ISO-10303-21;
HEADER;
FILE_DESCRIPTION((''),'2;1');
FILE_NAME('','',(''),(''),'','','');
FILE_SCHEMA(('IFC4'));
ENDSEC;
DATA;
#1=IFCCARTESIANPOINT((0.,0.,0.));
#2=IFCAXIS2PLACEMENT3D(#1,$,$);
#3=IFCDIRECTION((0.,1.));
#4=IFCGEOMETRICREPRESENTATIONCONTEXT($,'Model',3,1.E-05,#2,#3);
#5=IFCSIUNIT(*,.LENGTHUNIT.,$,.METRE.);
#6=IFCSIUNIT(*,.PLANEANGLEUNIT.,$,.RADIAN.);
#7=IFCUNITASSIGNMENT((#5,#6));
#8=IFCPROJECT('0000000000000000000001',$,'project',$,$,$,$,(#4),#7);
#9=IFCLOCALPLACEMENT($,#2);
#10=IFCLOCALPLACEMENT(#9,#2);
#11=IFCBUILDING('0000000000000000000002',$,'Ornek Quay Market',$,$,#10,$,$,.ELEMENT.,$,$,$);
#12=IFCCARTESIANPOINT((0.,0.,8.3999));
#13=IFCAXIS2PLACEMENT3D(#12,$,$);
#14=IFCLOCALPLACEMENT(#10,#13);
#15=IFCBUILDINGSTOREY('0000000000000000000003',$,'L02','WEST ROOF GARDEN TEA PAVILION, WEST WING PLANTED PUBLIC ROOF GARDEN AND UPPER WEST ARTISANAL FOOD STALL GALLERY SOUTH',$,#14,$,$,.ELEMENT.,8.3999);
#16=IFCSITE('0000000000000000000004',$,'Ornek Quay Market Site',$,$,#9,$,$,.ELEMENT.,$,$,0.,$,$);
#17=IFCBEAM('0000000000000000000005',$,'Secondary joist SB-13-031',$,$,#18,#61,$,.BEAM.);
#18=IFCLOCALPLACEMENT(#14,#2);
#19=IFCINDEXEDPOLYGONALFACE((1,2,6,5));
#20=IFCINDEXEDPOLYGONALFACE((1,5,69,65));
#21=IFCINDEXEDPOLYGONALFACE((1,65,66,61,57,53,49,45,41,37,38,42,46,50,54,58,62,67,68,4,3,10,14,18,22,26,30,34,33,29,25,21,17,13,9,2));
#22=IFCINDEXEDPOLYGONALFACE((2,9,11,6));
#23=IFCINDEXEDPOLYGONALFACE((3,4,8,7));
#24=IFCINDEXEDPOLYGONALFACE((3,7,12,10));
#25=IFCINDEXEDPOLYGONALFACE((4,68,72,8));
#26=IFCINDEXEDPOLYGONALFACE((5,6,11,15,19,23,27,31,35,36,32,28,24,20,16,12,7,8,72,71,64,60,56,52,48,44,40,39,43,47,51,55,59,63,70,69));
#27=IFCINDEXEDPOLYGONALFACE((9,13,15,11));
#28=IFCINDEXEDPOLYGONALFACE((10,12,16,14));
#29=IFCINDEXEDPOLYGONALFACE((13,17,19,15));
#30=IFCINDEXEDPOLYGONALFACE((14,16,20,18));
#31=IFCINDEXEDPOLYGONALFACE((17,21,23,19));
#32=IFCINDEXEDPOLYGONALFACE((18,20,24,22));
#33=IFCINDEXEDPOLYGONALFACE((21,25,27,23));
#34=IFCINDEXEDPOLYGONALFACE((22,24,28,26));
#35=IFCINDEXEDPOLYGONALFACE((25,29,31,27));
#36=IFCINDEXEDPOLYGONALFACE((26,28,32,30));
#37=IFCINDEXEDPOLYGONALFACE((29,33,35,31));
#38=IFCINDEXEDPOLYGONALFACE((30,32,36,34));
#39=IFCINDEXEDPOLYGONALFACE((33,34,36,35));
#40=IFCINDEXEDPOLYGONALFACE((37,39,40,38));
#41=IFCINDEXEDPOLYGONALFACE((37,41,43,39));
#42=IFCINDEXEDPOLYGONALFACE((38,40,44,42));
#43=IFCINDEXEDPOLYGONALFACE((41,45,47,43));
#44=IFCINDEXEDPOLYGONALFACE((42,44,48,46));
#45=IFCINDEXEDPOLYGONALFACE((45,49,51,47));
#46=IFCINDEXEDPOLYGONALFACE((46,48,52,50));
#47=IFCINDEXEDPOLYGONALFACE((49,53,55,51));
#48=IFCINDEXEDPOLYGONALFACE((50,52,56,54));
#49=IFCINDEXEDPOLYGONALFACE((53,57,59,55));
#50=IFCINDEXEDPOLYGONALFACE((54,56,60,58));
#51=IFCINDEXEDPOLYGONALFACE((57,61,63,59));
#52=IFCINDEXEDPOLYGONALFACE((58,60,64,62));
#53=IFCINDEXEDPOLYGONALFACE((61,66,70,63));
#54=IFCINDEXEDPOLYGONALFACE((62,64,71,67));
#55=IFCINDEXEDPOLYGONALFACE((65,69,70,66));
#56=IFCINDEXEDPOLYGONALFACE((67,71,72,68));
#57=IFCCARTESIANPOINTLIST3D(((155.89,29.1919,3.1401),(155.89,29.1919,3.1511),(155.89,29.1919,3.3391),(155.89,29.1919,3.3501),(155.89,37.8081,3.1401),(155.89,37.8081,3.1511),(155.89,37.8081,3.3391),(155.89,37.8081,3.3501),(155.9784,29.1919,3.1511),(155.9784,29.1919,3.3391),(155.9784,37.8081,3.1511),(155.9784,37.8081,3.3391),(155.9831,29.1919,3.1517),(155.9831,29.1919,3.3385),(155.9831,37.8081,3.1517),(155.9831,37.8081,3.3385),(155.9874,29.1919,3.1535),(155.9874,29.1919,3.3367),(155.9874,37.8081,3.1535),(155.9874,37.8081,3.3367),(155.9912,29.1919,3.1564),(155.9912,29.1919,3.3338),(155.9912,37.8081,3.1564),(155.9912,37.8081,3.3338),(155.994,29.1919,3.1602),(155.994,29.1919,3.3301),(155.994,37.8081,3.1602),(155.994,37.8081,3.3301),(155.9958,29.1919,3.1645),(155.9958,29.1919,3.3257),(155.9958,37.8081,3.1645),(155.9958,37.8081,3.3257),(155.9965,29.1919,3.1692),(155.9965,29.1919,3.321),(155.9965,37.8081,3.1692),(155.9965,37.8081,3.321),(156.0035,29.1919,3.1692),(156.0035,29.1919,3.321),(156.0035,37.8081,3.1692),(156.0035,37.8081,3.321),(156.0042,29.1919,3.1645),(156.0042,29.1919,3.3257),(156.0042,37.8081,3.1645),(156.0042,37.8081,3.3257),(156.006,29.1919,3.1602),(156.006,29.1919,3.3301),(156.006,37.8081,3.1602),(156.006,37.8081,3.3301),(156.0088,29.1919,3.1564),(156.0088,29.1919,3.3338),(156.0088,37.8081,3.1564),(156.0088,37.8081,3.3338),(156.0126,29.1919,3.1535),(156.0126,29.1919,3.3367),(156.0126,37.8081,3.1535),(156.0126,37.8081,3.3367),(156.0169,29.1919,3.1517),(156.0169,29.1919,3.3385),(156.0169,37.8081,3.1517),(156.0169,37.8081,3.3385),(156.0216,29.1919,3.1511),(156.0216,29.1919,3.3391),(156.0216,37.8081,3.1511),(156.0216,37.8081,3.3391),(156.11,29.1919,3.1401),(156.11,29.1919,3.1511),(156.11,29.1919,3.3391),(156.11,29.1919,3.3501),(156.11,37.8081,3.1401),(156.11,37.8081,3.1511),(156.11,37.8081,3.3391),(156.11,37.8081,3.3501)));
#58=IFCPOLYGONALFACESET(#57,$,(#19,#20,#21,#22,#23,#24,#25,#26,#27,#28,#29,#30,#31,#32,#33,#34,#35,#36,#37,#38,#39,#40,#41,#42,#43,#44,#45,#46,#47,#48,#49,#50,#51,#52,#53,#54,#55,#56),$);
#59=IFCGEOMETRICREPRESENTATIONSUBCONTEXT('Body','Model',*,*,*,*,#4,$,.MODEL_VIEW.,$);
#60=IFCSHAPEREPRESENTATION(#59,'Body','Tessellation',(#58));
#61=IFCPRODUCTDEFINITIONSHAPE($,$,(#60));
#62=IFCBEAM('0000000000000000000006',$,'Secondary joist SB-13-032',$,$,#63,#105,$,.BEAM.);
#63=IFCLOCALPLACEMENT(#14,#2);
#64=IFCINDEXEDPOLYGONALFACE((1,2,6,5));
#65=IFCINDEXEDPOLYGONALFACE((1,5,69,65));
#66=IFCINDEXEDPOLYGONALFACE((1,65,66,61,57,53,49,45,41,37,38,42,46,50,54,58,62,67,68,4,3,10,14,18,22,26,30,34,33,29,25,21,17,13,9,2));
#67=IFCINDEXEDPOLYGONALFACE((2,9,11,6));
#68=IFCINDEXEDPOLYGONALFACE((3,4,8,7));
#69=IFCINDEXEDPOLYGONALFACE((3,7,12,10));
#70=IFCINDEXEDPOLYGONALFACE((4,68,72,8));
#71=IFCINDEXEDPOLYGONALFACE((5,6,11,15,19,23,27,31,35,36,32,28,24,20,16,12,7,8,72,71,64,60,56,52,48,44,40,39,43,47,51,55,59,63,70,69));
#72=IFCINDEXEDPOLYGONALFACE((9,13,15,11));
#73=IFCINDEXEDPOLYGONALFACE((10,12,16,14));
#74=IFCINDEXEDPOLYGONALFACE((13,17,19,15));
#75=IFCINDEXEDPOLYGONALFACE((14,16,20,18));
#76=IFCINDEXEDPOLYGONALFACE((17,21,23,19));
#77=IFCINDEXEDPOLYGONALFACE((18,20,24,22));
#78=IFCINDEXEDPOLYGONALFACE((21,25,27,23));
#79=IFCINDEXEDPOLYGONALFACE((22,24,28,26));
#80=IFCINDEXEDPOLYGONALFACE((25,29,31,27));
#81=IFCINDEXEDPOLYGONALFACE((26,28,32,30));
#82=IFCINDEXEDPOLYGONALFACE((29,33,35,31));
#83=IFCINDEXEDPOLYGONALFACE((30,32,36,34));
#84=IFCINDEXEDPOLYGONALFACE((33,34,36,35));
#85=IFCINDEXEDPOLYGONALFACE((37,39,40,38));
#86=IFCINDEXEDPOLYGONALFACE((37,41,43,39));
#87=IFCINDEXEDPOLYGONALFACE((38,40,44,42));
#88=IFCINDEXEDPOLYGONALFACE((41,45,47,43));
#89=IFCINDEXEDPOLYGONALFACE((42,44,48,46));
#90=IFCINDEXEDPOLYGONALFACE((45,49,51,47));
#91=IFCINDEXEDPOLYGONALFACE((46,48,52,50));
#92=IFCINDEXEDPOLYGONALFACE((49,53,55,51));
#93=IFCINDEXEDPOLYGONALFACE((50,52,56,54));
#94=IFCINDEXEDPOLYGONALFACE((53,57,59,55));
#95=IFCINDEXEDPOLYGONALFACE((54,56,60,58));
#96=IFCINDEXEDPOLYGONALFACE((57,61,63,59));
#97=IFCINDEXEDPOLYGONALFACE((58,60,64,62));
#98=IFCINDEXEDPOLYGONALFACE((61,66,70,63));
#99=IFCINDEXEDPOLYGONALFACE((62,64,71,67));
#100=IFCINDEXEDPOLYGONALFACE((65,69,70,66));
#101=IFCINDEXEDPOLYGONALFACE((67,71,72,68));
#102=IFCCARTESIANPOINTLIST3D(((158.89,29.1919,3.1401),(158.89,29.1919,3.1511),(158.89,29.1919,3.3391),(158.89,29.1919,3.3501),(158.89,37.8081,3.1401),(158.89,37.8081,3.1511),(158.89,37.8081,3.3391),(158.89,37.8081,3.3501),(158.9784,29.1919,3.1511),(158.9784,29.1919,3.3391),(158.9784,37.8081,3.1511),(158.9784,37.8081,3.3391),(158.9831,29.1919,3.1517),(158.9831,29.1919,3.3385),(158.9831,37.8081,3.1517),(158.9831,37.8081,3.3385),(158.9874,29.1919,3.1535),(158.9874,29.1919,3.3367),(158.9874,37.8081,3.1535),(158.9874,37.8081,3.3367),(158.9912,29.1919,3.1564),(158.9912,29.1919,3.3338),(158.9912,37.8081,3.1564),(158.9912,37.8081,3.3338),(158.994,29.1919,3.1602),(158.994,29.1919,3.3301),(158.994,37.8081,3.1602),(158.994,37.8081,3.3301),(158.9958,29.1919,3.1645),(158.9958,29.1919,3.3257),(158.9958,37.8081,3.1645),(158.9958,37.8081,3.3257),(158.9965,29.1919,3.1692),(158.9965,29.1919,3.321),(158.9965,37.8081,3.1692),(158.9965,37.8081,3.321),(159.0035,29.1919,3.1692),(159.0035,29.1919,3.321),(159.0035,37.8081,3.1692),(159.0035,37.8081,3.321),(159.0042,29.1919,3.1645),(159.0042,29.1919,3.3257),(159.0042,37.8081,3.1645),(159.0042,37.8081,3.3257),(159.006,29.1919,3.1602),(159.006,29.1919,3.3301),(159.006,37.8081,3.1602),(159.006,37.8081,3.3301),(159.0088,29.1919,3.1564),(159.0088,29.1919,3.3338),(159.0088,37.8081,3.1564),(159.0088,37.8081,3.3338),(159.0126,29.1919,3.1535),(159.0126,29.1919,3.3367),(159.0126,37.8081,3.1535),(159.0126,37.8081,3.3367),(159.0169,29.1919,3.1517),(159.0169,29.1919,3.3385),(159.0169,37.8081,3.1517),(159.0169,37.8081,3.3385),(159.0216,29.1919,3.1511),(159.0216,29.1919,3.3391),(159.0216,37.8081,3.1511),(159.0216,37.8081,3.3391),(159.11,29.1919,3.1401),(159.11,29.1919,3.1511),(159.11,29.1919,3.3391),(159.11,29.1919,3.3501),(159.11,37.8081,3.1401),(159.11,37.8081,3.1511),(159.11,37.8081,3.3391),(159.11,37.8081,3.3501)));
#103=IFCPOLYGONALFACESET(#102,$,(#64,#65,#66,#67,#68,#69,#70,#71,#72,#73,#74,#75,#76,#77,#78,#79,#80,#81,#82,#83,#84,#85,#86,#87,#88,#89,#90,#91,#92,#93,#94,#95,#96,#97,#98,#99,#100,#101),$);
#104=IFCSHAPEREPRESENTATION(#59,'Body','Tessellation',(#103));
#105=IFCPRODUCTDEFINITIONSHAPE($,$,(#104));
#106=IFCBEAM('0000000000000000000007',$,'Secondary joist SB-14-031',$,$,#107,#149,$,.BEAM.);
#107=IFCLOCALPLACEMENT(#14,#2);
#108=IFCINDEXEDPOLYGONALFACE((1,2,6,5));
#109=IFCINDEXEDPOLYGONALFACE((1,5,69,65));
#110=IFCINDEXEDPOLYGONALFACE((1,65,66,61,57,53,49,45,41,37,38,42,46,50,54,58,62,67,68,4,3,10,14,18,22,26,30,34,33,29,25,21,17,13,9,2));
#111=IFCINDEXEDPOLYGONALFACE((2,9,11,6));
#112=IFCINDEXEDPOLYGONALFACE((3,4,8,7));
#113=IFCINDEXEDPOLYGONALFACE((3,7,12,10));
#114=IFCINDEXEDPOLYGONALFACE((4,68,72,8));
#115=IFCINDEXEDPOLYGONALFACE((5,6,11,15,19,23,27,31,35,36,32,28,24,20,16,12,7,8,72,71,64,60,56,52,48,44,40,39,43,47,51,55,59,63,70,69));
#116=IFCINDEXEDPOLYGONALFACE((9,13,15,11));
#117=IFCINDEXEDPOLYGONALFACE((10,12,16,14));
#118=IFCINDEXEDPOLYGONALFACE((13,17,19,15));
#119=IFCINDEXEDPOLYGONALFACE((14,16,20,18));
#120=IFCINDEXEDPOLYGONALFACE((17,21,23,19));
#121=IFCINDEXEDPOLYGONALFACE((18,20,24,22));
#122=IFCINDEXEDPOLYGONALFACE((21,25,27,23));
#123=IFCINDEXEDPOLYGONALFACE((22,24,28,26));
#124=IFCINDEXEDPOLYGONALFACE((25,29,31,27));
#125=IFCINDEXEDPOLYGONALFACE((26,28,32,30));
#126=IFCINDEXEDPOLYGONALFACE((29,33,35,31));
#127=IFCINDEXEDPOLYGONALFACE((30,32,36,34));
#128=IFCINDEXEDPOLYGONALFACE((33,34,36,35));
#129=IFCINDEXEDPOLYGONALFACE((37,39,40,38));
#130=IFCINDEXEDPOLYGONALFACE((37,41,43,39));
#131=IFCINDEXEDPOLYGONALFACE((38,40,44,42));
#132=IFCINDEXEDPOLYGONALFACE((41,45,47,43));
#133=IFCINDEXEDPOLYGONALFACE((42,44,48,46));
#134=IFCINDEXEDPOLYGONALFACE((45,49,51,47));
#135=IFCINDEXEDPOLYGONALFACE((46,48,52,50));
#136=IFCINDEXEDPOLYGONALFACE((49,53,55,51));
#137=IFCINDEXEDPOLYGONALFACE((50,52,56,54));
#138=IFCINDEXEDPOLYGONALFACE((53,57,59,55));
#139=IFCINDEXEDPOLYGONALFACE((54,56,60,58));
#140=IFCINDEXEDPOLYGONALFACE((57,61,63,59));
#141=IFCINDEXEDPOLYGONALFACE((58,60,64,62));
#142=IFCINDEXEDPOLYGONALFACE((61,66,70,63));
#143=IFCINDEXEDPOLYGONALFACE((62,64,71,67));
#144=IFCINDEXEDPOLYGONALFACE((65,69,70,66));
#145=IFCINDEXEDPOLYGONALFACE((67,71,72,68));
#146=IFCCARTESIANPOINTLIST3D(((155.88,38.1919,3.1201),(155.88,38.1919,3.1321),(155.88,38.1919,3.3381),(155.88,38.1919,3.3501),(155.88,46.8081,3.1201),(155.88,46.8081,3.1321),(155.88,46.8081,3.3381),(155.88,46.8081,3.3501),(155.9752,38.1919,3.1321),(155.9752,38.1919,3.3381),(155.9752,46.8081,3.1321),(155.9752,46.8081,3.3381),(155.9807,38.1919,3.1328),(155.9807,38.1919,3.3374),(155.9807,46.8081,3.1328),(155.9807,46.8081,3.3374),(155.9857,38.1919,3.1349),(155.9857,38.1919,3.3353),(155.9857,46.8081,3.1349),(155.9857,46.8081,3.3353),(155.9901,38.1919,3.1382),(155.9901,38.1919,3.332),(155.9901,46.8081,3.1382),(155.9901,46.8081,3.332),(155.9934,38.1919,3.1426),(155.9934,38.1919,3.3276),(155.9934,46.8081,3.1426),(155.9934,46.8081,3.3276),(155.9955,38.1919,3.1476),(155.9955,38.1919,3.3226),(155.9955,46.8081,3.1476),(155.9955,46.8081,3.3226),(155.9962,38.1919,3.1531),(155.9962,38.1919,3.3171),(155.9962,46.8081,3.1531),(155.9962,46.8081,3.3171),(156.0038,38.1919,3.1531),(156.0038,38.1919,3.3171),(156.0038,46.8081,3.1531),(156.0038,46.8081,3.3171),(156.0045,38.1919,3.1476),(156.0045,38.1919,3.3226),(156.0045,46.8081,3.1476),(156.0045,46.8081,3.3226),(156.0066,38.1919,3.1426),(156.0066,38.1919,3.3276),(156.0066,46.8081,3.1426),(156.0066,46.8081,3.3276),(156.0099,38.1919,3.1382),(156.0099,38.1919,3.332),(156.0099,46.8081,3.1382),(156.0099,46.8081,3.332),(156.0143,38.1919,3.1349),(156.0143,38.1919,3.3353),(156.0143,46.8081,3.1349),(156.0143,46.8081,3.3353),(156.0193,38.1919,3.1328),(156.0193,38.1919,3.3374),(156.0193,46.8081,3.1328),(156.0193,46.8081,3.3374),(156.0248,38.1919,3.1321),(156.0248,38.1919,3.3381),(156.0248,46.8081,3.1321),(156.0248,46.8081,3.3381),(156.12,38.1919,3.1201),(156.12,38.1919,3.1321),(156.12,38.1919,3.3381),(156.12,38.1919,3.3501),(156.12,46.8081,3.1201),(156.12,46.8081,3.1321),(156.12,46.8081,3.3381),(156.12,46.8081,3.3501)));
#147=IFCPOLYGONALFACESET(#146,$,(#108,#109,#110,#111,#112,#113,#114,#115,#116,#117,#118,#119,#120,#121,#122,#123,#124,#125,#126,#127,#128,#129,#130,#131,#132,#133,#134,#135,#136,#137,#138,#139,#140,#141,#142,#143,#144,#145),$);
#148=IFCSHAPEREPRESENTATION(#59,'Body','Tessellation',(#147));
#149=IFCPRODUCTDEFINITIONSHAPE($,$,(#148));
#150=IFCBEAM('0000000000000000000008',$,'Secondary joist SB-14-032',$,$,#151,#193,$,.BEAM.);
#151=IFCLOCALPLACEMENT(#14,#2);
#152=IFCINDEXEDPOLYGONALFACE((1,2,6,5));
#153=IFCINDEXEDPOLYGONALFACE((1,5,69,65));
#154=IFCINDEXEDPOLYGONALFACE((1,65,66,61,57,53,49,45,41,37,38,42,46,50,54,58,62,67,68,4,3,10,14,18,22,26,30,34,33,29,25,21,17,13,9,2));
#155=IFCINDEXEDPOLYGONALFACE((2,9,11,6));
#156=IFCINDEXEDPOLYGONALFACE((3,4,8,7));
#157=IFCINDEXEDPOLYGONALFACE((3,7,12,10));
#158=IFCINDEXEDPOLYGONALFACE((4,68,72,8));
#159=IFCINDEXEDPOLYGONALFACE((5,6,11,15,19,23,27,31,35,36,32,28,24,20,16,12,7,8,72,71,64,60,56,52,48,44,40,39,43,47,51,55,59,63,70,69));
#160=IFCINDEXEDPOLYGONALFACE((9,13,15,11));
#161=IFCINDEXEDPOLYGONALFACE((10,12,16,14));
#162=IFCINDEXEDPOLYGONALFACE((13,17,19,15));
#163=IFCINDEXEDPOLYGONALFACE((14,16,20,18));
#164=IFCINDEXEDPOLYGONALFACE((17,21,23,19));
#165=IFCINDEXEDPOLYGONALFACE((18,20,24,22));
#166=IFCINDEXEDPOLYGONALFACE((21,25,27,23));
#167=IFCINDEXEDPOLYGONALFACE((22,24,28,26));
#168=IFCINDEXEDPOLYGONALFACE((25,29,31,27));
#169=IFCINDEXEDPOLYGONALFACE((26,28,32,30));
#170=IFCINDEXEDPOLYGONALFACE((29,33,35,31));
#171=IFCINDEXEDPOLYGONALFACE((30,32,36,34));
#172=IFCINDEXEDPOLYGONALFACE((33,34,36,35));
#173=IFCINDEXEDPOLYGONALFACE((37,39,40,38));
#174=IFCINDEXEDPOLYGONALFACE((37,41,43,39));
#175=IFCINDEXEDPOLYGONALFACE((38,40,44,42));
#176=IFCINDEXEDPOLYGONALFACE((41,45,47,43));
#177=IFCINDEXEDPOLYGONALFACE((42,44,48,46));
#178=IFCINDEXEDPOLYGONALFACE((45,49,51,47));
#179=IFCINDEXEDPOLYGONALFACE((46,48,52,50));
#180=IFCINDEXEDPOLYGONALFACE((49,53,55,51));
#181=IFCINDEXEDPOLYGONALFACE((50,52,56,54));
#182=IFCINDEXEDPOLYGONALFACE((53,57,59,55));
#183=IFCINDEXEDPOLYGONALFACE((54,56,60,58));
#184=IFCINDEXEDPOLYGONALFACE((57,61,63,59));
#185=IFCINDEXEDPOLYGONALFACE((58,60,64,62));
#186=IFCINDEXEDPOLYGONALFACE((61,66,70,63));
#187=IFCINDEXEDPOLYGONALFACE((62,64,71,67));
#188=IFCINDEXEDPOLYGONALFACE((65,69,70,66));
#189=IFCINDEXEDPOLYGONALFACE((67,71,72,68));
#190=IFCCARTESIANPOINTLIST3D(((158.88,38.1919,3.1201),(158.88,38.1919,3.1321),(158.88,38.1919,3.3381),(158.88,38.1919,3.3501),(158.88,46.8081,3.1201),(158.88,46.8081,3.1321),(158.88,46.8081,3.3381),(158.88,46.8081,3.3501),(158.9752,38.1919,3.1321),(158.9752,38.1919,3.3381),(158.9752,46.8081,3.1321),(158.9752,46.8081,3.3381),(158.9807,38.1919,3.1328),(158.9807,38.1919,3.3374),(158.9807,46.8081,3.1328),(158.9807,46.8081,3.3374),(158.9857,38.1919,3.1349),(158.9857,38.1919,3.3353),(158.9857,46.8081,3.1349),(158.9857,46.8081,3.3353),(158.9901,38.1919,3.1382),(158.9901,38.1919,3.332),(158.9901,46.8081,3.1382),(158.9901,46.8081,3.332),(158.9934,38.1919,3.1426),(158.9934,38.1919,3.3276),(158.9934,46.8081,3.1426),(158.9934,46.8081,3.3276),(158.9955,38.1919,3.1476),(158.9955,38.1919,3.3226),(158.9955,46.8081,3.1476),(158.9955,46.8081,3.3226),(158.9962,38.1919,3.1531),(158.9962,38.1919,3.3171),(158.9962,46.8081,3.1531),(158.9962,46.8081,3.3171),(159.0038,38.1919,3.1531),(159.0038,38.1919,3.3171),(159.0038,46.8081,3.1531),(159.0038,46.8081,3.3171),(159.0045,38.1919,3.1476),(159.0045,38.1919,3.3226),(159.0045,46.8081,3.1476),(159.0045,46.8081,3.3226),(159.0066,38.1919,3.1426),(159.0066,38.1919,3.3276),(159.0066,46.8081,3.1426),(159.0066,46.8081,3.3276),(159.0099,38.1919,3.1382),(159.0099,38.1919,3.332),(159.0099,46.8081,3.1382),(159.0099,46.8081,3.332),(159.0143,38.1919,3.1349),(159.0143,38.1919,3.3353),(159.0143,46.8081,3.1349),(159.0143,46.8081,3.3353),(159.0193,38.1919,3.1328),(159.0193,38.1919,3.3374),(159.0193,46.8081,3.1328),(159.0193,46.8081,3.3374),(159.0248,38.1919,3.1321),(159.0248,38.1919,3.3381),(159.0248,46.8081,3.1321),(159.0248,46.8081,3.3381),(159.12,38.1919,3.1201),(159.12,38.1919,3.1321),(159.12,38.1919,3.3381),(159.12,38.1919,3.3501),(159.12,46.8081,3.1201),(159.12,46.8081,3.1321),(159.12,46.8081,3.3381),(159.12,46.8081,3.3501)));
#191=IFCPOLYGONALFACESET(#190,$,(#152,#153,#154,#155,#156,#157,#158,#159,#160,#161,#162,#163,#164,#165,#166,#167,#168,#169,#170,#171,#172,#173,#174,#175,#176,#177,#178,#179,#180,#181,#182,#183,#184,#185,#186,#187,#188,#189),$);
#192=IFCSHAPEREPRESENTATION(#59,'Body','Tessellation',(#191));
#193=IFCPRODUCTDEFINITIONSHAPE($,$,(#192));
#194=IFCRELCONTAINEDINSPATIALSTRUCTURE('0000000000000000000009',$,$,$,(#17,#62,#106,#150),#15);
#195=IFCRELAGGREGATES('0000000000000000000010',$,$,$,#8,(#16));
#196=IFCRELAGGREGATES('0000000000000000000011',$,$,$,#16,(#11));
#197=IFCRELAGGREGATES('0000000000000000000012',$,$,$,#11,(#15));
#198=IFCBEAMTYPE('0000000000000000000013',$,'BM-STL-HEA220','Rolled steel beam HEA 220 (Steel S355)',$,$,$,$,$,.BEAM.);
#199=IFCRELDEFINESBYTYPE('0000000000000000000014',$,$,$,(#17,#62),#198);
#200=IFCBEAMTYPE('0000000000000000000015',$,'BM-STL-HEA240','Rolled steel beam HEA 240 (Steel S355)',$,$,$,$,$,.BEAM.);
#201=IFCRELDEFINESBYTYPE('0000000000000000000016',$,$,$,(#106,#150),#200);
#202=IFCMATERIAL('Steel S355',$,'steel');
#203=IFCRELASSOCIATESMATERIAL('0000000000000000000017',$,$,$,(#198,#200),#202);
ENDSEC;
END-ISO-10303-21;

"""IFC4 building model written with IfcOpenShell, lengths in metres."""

from ifc_helpers import new_model, si_unit, direction, frame, origin, origin_2d, place, context, subcontext, project, spatial, i_section, extrude, material, material_profile, profile_set, type_object, element, save


model = new_model("IFC4")

# Units and contexts
model_context = context("Model", 3, precision=1e-05, world=origin(), true_north=direction((0.0, 1.0)))
body_context = subcontext(model_context, "Body", "Model", "MODEL_VIEW")
ifc_project = project(units=[si_unit("LENGTHUNIT", "METRE"), si_unit("PLANEANGLEUNIT", "RADIAN")], contexts=[model_context])

# Site, building, storey
site_placement = place(None, origin())
site = spatial("IfcSite", under=ifc_project, at=site_placement, Name="Ornek Quay Market Site", CompositionType="ELEMENT", RefElevation=0.0)
building_placement = place(site_placement, origin())
building = spatial("IfcBuilding", under=site, at=building_placement, Name="Ornek Quay Market", CompositionType="ELEMENT")
storey_placement = place(building_placement, frame((0.0, 0.0, 8.3999)))
storey = spatial("IfcBuildingStorey", under=building, at=storey_placement, Name="L02", Description="WEST ROOF GARDEN TEA PAVILION, WEST WING PLANTED PUBLIC ROOF GARDEN AND UPPER WEST ARTISANAL FOOD STALL GALLERY SOUTH", CompositionType="ELEMENT", Elevation=8.3999)

# Beams
ifc_material_1 = material(Name="Steel S355", Category="steel")
ifc_material_profile_1 = material_profile(ifc_material_1, i_section(OverallWidth=0.22, OverallDepth=0.21, WebThickness=0.0071, FlangeThickness=0.011, FilletRadius=0.0181, at=origin_2d()), Name="HEA 220", Category="steel")
ifc_profile_set_1 = profile_set([ifc_material_profile_1], Name="Steel S355")
beam_type_1 = type_object("IfcBeamType", Name="BM-STL-HEA220", Description="Rolled steel beam HEA 220 (Steel S355)", PredefinedType="BEAM", material=ifc_profile_set_1)
for number, where, z_axis, x_axis, name in (
    (1, (156.0, 29.1919, 3.2451), (0.0, 1.0, 0.0), (-1.0, 0.0, 0.0), "Secondary joist SB-13-031"),
    (2, (159.0, 29.1919, 3.2451), (0.0, 1.0, 0.0), (-1.0, 0.0, 0.0), "Secondary joist SB-13-032"),
):
    element("IfcBeam", number, at=place(storey_placement, frame(where, z_axis=z_axis, x_axis=x_axis)), inside=storey, type_object=beam_type_1, Name=name, PredefinedType="BEAM", context=body_context, shape_type="SweptSolid", body=[
        extrude(i_section(OverallWidth=0.22, OverallDepth=0.21, WebThickness=0.0071, FlangeThickness=0.011, FilletRadius=0.0181, at=origin_2d()), origin(), (0.0, 0.0, 1.0), 8.6162),
    ])
ifc_material_profile_2 = material_profile(ifc_material_1, i_section(OverallWidth=0.24, OverallDepth=0.23, WebThickness=0.0076, FlangeThickness=0.012, FilletRadius=0.021, at=origin_2d()), Name="HEA 240", Category="steel")
ifc_profile_set_2 = profile_set([ifc_material_profile_2], Name="Steel S355")
beam_type_2 = type_object("IfcBeamType", Name="BM-STL-HEA240", Description="Rolled steel beam HEA 240 (Steel S355)", PredefinedType="BEAM", material=ifc_profile_set_2)
for number, where, z_axis, x_axis, name in (
    (3, (156.0, 38.1919, 3.2351), (0.0, 1.0, 0.0), (-1.0, 0.0, 0.0), "Secondary joist SB-14-031"),
    (4, (159.0, 38.1919, 3.2351), (0.0, 1.0, 0.0), (-1.0, 0.0, 0.0), "Secondary joist SB-14-032"),
):
    element("IfcBeam", number, at=place(storey_placement, frame(where, z_axis=z_axis, x_axis=x_axis)), inside=storey, type_object=beam_type_2, Name=name, PredefinedType="BEAM", context=body_context, shape_type="SweptSolid", body=[
        extrude(i_section(OverallWidth=0.24, OverallDepth=0.23, WebThickness=0.0076, FlangeThickness=0.012, FilletRadius=0.021, at=origin_2d()), origin(), (0.0, 0.0, 1.0), 8.6162),
    ])

save(model, "model.ifc")
